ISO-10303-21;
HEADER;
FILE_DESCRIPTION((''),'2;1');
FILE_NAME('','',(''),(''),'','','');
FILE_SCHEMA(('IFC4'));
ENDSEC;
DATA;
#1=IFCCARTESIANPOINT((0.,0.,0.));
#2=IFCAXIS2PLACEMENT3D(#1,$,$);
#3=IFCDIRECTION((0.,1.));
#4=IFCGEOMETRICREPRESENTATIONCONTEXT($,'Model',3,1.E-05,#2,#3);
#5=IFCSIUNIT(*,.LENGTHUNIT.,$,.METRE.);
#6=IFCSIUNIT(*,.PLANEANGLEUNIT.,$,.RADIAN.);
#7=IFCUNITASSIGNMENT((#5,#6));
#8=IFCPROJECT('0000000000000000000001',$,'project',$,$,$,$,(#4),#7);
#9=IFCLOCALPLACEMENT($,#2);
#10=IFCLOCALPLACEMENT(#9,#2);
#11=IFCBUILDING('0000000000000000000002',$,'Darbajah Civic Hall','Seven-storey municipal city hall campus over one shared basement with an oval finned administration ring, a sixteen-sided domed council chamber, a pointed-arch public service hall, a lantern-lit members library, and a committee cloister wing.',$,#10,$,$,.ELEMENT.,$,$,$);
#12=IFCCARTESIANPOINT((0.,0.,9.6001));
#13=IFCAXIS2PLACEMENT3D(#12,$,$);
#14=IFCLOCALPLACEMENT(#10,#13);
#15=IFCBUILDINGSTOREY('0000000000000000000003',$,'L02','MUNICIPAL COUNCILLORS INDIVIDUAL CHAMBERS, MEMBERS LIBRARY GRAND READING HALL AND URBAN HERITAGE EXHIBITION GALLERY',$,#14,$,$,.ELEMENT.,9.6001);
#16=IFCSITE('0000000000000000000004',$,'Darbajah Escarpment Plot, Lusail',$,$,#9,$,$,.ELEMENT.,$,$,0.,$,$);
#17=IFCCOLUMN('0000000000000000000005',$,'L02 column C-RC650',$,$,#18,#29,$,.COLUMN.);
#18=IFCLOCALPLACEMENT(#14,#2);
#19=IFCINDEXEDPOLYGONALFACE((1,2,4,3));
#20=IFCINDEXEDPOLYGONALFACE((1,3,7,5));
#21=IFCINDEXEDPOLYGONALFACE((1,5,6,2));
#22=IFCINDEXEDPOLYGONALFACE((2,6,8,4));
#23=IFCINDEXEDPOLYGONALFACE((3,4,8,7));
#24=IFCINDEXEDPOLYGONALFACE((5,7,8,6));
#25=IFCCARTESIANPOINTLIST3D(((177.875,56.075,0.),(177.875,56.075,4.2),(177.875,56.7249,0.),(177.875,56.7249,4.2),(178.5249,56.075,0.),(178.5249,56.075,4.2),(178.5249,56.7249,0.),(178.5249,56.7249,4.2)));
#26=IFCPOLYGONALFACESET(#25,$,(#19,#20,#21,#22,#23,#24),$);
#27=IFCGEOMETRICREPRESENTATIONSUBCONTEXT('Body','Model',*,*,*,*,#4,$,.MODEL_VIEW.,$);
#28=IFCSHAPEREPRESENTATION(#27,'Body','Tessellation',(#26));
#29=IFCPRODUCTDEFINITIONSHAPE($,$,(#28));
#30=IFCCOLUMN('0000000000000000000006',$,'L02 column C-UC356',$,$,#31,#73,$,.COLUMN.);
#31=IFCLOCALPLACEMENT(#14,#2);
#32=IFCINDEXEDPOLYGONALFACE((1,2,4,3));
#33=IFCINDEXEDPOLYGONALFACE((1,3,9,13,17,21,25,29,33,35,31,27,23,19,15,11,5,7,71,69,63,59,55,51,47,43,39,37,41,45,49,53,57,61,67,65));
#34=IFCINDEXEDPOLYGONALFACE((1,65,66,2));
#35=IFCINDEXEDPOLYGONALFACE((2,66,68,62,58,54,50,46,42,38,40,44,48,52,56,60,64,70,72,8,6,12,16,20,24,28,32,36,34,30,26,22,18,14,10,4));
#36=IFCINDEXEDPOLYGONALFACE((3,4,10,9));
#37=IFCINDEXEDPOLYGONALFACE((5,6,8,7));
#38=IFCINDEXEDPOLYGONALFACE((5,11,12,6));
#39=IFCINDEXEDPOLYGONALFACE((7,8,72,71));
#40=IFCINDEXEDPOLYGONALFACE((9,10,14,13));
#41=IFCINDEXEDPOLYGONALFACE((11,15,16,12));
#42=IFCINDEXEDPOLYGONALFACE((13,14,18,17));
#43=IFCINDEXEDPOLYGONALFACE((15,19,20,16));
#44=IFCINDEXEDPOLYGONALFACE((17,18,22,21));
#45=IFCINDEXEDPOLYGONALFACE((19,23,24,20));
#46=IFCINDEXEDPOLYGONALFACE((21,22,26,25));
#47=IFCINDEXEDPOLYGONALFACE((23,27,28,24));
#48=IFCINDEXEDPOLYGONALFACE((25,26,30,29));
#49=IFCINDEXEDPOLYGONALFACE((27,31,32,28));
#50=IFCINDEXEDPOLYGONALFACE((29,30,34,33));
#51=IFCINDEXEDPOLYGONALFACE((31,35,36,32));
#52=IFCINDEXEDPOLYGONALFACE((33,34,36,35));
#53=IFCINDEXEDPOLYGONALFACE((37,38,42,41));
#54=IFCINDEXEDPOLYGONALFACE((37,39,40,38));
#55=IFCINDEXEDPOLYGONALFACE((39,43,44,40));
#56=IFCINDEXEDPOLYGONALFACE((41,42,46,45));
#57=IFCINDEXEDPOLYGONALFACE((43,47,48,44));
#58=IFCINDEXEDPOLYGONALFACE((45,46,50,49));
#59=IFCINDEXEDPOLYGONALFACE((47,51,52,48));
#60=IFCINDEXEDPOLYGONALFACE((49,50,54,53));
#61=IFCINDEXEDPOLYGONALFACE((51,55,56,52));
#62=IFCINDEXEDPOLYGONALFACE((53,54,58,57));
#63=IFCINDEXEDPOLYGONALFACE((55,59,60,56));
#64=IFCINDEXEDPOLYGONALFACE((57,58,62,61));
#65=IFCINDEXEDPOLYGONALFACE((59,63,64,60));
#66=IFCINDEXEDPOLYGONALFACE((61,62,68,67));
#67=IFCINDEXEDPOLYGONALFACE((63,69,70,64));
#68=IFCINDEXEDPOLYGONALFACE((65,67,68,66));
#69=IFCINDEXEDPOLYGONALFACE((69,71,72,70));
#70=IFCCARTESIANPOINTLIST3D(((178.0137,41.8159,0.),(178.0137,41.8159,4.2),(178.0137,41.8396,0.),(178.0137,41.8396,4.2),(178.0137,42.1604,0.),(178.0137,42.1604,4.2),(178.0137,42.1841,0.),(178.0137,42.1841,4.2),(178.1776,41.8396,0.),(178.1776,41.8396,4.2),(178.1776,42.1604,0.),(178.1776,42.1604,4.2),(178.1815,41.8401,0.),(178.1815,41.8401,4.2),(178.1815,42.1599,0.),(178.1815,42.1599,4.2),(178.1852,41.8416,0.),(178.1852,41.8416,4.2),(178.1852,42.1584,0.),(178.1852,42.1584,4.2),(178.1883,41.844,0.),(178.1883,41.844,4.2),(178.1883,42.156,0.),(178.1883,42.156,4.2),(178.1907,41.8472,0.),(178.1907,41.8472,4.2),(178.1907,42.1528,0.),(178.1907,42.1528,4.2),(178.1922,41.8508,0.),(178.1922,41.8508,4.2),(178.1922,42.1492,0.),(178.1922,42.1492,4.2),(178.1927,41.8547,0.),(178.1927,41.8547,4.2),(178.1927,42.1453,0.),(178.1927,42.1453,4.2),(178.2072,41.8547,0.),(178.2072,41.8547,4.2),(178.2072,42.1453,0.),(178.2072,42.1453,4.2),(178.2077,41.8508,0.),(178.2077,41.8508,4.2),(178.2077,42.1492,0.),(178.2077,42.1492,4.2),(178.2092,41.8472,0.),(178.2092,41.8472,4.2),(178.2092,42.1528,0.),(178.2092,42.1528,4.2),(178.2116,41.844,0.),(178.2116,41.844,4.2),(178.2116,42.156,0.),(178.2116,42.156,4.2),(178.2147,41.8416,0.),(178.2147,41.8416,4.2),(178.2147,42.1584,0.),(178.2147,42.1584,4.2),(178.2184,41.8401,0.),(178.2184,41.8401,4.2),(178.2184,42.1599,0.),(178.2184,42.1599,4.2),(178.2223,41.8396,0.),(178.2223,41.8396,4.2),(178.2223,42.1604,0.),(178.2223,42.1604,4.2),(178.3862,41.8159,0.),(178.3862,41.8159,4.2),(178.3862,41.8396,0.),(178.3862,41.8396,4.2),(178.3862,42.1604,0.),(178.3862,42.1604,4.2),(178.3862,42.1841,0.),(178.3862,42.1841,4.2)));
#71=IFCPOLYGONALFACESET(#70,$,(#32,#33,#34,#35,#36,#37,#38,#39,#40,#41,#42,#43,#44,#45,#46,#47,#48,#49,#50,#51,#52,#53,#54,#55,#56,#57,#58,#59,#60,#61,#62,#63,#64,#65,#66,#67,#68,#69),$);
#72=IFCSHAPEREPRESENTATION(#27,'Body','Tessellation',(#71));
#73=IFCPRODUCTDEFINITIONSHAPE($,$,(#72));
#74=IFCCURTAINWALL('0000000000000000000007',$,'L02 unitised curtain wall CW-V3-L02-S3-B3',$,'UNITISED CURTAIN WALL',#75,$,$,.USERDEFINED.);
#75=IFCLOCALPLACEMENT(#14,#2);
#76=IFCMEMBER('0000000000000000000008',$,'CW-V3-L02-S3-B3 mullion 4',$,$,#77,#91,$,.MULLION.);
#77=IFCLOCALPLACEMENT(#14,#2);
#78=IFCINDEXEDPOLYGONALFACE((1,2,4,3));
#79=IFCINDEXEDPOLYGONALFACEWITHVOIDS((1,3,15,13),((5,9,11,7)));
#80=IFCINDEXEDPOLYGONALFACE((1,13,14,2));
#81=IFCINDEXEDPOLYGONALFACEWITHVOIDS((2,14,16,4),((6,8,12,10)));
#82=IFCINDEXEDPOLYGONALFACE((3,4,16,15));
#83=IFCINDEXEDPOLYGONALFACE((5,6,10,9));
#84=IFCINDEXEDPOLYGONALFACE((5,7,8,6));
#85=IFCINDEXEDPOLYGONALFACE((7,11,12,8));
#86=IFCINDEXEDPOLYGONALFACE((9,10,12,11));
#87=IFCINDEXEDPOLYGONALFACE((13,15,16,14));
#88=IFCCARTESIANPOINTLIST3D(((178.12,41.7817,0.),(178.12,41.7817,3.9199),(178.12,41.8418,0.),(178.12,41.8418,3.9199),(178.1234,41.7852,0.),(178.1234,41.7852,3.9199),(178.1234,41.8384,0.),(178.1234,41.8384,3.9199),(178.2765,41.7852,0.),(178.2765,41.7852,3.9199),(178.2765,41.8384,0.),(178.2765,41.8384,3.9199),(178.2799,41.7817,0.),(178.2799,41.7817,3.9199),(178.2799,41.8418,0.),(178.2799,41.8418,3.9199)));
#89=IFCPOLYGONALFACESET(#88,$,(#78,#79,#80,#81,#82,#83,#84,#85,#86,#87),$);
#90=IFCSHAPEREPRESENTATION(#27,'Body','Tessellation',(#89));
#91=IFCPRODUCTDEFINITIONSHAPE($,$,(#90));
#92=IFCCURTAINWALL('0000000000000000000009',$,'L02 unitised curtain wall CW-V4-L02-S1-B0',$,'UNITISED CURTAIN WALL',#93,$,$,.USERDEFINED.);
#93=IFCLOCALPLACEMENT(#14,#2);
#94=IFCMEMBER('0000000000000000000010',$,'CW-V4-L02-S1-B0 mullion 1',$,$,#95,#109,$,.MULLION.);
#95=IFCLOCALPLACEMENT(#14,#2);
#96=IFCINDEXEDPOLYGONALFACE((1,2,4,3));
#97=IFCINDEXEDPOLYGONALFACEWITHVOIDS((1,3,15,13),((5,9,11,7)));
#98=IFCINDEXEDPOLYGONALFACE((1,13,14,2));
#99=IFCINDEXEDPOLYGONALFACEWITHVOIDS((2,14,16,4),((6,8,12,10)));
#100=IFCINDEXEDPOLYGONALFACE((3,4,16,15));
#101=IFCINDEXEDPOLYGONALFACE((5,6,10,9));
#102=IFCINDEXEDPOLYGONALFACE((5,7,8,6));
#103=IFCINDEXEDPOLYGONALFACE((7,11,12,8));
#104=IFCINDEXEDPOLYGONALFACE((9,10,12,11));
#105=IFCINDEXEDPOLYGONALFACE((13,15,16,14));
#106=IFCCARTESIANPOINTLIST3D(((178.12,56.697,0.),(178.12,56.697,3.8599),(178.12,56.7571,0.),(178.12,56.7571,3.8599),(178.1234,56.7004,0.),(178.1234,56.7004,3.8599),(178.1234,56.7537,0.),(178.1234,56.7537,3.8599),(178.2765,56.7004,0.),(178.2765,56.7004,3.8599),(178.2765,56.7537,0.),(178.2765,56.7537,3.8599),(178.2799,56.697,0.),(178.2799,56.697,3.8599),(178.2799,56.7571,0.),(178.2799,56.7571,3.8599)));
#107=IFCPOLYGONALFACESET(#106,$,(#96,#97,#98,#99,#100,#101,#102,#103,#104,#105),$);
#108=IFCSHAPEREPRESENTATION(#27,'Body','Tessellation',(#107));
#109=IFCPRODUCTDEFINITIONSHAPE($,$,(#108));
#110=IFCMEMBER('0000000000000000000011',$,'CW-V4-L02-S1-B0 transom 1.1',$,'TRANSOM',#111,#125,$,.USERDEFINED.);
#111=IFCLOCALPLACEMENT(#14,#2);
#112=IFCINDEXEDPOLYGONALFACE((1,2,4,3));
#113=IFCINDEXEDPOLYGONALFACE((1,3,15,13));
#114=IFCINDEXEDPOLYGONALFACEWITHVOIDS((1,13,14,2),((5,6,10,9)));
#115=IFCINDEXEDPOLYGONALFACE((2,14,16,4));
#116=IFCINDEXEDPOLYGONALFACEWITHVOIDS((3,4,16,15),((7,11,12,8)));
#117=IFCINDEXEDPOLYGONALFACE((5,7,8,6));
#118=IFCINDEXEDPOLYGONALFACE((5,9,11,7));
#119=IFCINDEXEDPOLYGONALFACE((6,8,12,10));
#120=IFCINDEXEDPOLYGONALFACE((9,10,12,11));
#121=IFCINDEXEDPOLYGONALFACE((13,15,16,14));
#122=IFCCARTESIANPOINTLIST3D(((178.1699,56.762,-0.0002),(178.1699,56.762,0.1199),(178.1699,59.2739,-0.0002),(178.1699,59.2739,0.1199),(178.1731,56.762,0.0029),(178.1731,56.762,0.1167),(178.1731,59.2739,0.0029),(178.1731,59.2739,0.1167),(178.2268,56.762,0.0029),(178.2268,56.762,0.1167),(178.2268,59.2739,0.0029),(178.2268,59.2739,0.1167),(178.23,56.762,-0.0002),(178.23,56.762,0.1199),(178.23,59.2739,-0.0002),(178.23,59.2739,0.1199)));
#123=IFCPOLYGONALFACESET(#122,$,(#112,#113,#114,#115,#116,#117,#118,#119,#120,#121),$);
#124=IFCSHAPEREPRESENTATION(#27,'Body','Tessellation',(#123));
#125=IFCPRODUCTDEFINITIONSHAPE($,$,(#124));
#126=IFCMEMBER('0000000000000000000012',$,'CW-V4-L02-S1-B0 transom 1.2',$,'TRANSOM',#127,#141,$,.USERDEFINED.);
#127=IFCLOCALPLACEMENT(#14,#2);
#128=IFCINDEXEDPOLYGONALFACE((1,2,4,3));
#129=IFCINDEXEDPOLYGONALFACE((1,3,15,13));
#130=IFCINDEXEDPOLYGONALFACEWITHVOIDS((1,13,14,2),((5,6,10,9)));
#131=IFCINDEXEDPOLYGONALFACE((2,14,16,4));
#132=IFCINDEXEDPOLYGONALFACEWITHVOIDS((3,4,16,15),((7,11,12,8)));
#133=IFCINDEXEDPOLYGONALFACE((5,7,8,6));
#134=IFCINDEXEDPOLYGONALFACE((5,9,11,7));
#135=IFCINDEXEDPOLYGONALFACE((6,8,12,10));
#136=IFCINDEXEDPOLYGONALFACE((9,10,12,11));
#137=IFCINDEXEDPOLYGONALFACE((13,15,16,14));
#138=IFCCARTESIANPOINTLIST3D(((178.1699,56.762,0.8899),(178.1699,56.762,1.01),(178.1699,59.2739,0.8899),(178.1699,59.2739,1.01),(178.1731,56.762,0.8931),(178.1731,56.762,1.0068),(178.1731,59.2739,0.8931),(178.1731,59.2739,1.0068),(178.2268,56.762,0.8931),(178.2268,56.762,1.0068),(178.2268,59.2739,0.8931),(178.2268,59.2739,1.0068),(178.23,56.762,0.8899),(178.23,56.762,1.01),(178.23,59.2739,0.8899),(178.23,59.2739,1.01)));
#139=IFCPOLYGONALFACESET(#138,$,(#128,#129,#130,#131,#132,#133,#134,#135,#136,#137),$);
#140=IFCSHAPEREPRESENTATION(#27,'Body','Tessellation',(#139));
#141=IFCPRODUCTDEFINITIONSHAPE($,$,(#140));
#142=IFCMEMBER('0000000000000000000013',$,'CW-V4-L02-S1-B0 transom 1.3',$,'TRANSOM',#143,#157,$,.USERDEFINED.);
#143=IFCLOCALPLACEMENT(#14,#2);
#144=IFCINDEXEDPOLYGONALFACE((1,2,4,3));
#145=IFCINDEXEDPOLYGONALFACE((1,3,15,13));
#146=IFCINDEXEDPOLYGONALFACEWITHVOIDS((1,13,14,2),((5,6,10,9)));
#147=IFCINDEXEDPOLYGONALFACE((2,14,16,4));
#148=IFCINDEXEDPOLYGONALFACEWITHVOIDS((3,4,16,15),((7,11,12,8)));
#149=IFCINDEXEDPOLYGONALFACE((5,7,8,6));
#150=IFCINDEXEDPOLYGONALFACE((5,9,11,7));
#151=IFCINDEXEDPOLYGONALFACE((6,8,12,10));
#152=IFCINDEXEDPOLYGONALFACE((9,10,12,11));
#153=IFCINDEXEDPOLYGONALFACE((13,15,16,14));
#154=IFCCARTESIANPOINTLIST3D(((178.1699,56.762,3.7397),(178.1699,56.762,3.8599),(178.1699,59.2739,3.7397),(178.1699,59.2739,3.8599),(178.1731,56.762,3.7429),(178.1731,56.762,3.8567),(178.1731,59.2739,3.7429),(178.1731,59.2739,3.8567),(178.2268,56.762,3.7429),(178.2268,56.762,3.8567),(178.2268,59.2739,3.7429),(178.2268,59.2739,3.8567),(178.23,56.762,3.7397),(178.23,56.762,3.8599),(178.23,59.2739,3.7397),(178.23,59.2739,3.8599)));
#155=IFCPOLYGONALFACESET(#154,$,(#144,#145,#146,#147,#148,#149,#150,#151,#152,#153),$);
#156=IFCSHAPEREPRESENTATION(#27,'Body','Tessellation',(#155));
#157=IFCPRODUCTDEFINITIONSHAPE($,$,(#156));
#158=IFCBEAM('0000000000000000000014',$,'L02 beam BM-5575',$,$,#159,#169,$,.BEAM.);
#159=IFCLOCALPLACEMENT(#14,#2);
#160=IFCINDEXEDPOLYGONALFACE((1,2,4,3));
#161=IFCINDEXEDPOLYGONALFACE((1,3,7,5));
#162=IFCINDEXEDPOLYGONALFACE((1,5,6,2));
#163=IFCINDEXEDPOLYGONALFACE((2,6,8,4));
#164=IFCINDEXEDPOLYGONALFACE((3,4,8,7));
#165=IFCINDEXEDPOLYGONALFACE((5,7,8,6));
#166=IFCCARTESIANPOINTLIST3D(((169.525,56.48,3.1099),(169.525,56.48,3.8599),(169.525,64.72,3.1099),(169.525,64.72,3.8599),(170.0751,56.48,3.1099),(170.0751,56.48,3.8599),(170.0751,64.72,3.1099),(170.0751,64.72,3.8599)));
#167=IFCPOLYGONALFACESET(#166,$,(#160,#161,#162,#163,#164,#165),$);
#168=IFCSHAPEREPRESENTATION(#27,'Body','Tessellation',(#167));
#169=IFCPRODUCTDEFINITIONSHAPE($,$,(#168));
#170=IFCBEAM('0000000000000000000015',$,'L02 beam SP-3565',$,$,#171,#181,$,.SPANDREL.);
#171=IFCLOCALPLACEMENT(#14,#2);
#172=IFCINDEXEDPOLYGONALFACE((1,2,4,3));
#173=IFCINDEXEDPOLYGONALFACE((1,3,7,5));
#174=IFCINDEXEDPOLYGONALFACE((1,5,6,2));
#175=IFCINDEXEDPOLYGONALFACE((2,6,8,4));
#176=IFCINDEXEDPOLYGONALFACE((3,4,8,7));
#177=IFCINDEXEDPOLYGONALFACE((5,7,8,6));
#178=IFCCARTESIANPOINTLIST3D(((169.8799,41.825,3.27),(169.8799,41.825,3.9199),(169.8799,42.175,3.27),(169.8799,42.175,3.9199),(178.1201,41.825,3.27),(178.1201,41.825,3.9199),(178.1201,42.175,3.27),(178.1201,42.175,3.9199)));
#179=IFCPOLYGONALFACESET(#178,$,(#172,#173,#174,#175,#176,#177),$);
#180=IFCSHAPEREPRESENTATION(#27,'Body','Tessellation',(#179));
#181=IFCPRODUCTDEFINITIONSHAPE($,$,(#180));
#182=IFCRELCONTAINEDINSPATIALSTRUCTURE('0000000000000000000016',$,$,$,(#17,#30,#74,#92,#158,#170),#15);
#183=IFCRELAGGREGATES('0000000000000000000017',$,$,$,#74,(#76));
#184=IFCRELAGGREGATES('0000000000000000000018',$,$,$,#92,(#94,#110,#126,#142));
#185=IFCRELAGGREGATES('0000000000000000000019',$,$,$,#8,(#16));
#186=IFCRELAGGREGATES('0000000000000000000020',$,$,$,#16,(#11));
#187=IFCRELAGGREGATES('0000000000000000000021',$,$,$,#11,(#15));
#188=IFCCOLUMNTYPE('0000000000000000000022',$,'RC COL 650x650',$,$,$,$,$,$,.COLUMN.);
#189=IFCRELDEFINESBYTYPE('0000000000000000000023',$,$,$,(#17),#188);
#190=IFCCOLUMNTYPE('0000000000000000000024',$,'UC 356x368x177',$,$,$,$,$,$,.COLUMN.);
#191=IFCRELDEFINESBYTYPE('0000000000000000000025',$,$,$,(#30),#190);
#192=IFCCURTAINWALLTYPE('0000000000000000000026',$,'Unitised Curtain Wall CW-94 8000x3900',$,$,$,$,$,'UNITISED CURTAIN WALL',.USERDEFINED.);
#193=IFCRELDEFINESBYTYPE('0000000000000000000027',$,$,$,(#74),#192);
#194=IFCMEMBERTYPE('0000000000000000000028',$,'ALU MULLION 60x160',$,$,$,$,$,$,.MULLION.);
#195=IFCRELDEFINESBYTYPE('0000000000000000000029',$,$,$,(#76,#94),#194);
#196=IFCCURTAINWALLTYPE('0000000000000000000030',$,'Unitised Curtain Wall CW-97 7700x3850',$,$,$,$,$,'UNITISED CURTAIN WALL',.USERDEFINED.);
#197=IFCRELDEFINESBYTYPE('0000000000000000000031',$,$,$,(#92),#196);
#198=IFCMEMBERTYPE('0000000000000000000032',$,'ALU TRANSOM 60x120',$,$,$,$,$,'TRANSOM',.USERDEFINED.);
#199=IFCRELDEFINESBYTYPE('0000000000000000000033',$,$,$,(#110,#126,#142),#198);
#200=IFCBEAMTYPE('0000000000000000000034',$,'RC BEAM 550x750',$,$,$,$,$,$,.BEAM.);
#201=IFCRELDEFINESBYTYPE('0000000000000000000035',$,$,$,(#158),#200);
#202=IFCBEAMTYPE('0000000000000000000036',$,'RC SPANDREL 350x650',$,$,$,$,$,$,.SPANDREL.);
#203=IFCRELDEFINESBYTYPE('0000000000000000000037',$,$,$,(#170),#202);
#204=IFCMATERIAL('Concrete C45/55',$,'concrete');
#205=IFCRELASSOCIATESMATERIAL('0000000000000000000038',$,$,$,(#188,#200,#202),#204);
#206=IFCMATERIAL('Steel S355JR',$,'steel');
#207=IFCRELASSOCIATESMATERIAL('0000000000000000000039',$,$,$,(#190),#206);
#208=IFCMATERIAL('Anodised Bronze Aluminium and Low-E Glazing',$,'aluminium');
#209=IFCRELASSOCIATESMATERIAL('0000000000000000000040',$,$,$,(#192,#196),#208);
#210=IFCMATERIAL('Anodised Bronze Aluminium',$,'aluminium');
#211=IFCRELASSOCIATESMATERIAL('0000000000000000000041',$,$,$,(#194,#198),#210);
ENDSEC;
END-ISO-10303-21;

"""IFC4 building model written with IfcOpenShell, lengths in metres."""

from ifc_helpers import new_model, si_unit, direction, frame, origin, origin_2d, place, context, subcontext, project, spatial, rectangle, hollow_rectangle, i_section, extrude, material, material_profile, profile_set, type_object, element, aggregate, save


model = new_model("IFC4")

# Units and contexts
model_context = context("Model", 3, precision=1e-05, world=origin(), true_north=direction((0.0, 1.0)))
body_context = subcontext(model_context, "Body", "Model", "MODEL_VIEW")
ifc_project = project(units=[si_unit("LENGTHUNIT", "METRE"), si_unit("PLANEANGLEUNIT", "RADIAN")], contexts=[model_context])

# Site, building, storey
site_placement = place(None, origin())
site = spatial("IfcSite", under=ifc_project, at=site_placement, Name="Darbajah Escarpment Plot, Lusail", CompositionType="ELEMENT", RefElevation=0.0)
building_placement = place(site_placement, origin())
building = spatial("IfcBuilding", under=site, at=building_placement, Name="Darbajah Civic Hall", Description="Seven-storey municipal city hall campus over one shared basement with an oval finned administration ring, a sixteen-sided domed council chamber, a pointed-arch public service hall, a lantern-lit members library, and a committee cloister wing.", CompositionType="ELEMENT")
storey_placement = place(building_placement, frame((0.0, 0.0, 9.6001)))
storey = spatial("IfcBuildingStorey", under=building, at=storey_placement, Name="L02", Description="MUNICIPAL COUNCILLORS INDIVIDUAL CHAMBERS, MEMBERS LIBRARY GRAND READING HALL AND URBAN HERITAGE EXHIBITION GALLERY", CompositionType="ELEMENT", Elevation=9.6001)

# Columns
ifc_material_1 = material(Name="Concrete C45/55", Category="concrete")
ifc_material_profile_1 = material_profile(ifc_material_1, rectangle(XDim=0.6499, YDim=0.6499, at=origin_2d()), Name="RC COL 650x650")
ifc_profile_set_1 = profile_set([ifc_material_profile_1], Name="Concrete C45/55")
column_type_1 = type_object("IfcColumnType", Name="RC COL 650x650", PredefinedType="COLUMN", material=ifc_profile_set_1)
column_1_placement = place(storey_placement, frame((178.2, 56.3999, 0.0), z_axis=(0.0, 0.0, 1.0), x_axis=(1.0, 0.0, 0.0)))
element("IfcColumn", 1, at=column_1_placement, inside=storey, type_object=column_type_1, Name="L02 column C-RC650", PredefinedType="COLUMN", context=body_context, shape_type="SweptSolid", body=[
    extrude(rectangle(XDim=0.6499, YDim=0.6499, at=origin_2d()), origin(), (0.0, 0.0, 1.0), 4.2),
])
ifc_material_2 = material(Name="Steel S355JR", Category="steel")
ifc_material_profile_2 = material_profile(ifc_material_2, i_section(OverallWidth=0.3726, OverallDepth=0.3682, WebThickness=0.0144, FlangeThickness=0.0237, FilletRadius=0.0151, at=origin_2d()), Name="UC 356x368x177")
ifc_profile_set_2 = profile_set([ifc_material_profile_2], Name="Steel S355JR")
column_type_2 = type_object("IfcColumnType", Name="UC 356x368x177", PredefinedType="COLUMN", material=ifc_profile_set_2)
column_2_placement = place(storey_placement, frame((178.2, 42.0, 0.0), z_axis=(0.0, 0.0, 1.0), x_axis=(1.0, 0.0, 0.0)))
element("IfcColumn", 2, at=column_2_placement, inside=storey, type_object=column_type_2, Name="L02 column C-UC356", PredefinedType="COLUMN", context=body_context, shape_type="SweptSolid", body=[
    extrude(i_section(OverallWidth=0.3726, OverallDepth=0.3682, WebThickness=0.0144, FlangeThickness=0.0237, FilletRadius=0.0151, at=origin_2d()), origin(), (0.0, 0.0, 1.0), 4.2),
])

# Curtain wall, member
ifc_material_3 = material(Name="Anodised Bronze Aluminium and Low-E Glazing", Category="aluminium")
curtain_wall_type_1 = type_object("IfcCurtainWallType", Name="Unitised Curtain Wall CW-94 8000x3900", ElementType="UNITISED CURTAIN WALL", PredefinedType="USERDEFINED", material=ifc_material_3)
curtain_wall_1_placement = place(storey_placement, origin())
curtain_wall_1 = element("IfcCurtainWall", 3, at=curtain_wall_1_placement, inside=storey, type_object=curtain_wall_type_1, Name="L02 unitised curtain wall CW-V3-L02-S3-B3", ObjectType="UNITISED CURTAIN WALL", PredefinedType="USERDEFINED")
ifc_material_4 = material(Name="Anodised Bronze Aluminium", Category="aluminium")
ifc_material_profile_3 = material_profile(ifc_material_4, hollow_rectangle(XDim=0.0601, YDim=0.1599, WallThickness=0.0034, at=origin_2d()), Name="ALU MULLION 60x160")
ifc_profile_set_3 = profile_set([ifc_material_profile_3], Name="Anodised Bronze Aluminium")
member_type_1 = type_object("IfcMemberType", Name="ALU MULLION 60x160", PredefinedType="MULLION", material=ifc_profile_set_3)
member_1_placement = place(storey_placement, frame((178.2, 41.8118, 0.0), z_axis=(0.0, 0.0, 1.0), x_axis=(0.0, 1.0, 0.0)))
member_1 = element("IfcMember", 4, at=member_1_placement, type_object=member_type_1, Name="CW-V3-L02-S3-B3 mullion 4", PredefinedType="MULLION", context=body_context, shape_type="SweptSolid", body=[
    extrude(hollow_rectangle(XDim=0.0601, YDim=0.1599, WallThickness=0.0034, at=origin_2d()), origin(), (0.0, 0.0, 1.0), 3.9199),
])

# Curtain wall, members
curtain_wall_type_2 = type_object("IfcCurtainWallType", Name="Unitised Curtain Wall CW-97 7700x3850", ElementType="UNITISED CURTAIN WALL", PredefinedType="USERDEFINED", material=ifc_material_3)
curtain_wall_2_placement = place(storey_placement, origin())
curtain_wall_2 = element("IfcCurtainWall", 5, at=curtain_wall_2_placement, inside=storey, type_object=curtain_wall_type_2, Name="L02 unitised curtain wall CW-V4-L02-S1-B0", ObjectType="UNITISED CURTAIN WALL", PredefinedType="USERDEFINED")
member_2_placement = place(storey_placement, frame((178.2, 56.7271, 0.0), z_axis=(0.0, 0.0, 1.0), x_axis=(0.0, 1.0, 0.0)))
member_2 = element("IfcMember", 6, at=member_2_placement, type_object=member_type_1, Name="CW-V4-L02-S1-B0 mullion 1", PredefinedType="MULLION", context=body_context, shape_type="SweptSolid", body=[
    extrude(hollow_rectangle(XDim=0.0601, YDim=0.1599, WallThickness=0.0034, at=origin_2d()), origin(), (0.0, 0.0, 1.0), 3.8599),
])
ifc_material_profile_4 = material_profile(ifc_material_4, hollow_rectangle(XDim=0.0601, YDim=0.1201, WallThickness=0.0032, at=origin_2d()), Name="ALU TRANSOM 60x120")
ifc_profile_set_4 = profile_set([ifc_material_profile_4], Name="Anodised Bronze Aluminium")
member_type_2 = type_object("IfcMemberType", Name="ALU TRANSOM 60x120", ElementType="TRANSOM", PredefinedType="USERDEFINED", material=ifc_profile_set_4)
member_3_placement = place(storey_placement, frame((178.2, 56.762, 0.0598), z_axis=(0.0, 1.0, 0.0), x_axis=(-1.0, 0.0, 0.0)))
member_3 = element("IfcMember", 7, at=member_3_placement, type_object=member_type_2, Name="CW-V4-L02-S1-B0 transom 1.1", ObjectType="TRANSOM", PredefinedType="USERDEFINED", context=body_context, shape_type="SweptSolid", body=[
    extrude(hollow_rectangle(XDim=0.0601, YDim=0.1201, WallThickness=0.0032, at=origin_2d()), origin(), (0.0, 0.0, 1.0), 2.512),
])
member_4_placement = place(storey_placement, frame((178.2, 56.762, 0.95), z_axis=(0.0, 1.0, 0.0), x_axis=(-1.0, 0.0, 0.0)))
member_4 = element("IfcMember", 8, at=member_4_placement, type_object=member_type_2, Name="CW-V4-L02-S1-B0 transom 1.2", ObjectType="TRANSOM", PredefinedType="USERDEFINED", context=body_context, shape_type="SweptSolid", body=[
    extrude(hollow_rectangle(XDim=0.0601, YDim=0.1201, WallThickness=0.0032, at=origin_2d()), origin(), (0.0, 0.0, 1.0), 2.512),
])
member_5_placement = place(storey_placement, frame((178.2, 56.762, 3.7998), z_axis=(0.0, 1.0, 0.0), x_axis=(-1.0, 0.0, 0.0)))
member_5 = element("IfcMember", 9, at=member_5_placement, type_object=member_type_2, Name="CW-V4-L02-S1-B0 transom 1.3", ObjectType="TRANSOM", PredefinedType="USERDEFINED", context=body_context, shape_type="SweptSolid", body=[
    extrude(hollow_rectangle(XDim=0.0601, YDim=0.1201, WallThickness=0.0032, at=origin_2d()), origin(), (0.0, 0.0, 1.0), 2.512),
])

# Beams
ifc_material_profile_5 = material_profile(ifc_material_1, rectangle(XDim=0.55, YDim=0.75, at=origin_2d()), Name="RC BEAM 550x750")
ifc_profile_set_5 = profile_set([ifc_material_profile_5], Name="Concrete C45/55")
beam_type_1 = type_object("IfcBeamType", Name="RC BEAM 550x750", PredefinedType="BEAM", material=ifc_profile_set_5)
beam_1_placement = place(storey_placement, frame((169.8, 56.48, 3.4849), z_axis=(0.0, 1.0, 0.0), x_axis=(-1.0, 0.0, 0.0)))
element("IfcBeam", 10, at=beam_1_placement, inside=storey, type_object=beam_type_1, Name="L02 beam BM-5575", PredefinedType="BEAM", context=body_context, shape_type="SweptSolid", body=[
    extrude(rectangle(XDim=0.55, YDim=0.75, at=origin_2d()), origin(), (0.0, 0.0, 1.0), 8.24),
])
ifc_material_profile_6 = material_profile(ifc_material_1, rectangle(XDim=0.3501, YDim=0.6499, at=origin_2d()), Name="RC SPANDREL 350x650")
ifc_profile_set_6 = profile_set([ifc_material_profile_6], Name="Concrete C45/55")
beam_type_2 = type_object("IfcBeamType", Name="RC SPANDREL 350x650", PredefinedType="SPANDREL", material=ifc_profile_set_6)
for number, where, z_axis, x_axis, name in (
    (11, (169.8799, 42.0, 3.595), (1.0, 0.0, 0.0), (0.0, 1.0, 0.0), "L02 beam SP-3565"),
):
    element("IfcBeam", number, at=place(storey_placement, frame(where, z_axis=z_axis, x_axis=x_axis)), inside=storey, type_object=beam_type_2, Name=name, PredefinedType="SPANDREL", context=body_context, shape_type="SweptSolid", body=[
        extrude(rectangle(XDim=0.3501, YDim=0.6499, at=origin_2d()), origin(), (0.0, 0.0, 1.0), 8.2402),
    ])

aggregate(curtain_wall_1, [member_1])
aggregate(curtain_wall_2, [member_2, member_3, member_4, member_5])

save(model, "model.ifc")
